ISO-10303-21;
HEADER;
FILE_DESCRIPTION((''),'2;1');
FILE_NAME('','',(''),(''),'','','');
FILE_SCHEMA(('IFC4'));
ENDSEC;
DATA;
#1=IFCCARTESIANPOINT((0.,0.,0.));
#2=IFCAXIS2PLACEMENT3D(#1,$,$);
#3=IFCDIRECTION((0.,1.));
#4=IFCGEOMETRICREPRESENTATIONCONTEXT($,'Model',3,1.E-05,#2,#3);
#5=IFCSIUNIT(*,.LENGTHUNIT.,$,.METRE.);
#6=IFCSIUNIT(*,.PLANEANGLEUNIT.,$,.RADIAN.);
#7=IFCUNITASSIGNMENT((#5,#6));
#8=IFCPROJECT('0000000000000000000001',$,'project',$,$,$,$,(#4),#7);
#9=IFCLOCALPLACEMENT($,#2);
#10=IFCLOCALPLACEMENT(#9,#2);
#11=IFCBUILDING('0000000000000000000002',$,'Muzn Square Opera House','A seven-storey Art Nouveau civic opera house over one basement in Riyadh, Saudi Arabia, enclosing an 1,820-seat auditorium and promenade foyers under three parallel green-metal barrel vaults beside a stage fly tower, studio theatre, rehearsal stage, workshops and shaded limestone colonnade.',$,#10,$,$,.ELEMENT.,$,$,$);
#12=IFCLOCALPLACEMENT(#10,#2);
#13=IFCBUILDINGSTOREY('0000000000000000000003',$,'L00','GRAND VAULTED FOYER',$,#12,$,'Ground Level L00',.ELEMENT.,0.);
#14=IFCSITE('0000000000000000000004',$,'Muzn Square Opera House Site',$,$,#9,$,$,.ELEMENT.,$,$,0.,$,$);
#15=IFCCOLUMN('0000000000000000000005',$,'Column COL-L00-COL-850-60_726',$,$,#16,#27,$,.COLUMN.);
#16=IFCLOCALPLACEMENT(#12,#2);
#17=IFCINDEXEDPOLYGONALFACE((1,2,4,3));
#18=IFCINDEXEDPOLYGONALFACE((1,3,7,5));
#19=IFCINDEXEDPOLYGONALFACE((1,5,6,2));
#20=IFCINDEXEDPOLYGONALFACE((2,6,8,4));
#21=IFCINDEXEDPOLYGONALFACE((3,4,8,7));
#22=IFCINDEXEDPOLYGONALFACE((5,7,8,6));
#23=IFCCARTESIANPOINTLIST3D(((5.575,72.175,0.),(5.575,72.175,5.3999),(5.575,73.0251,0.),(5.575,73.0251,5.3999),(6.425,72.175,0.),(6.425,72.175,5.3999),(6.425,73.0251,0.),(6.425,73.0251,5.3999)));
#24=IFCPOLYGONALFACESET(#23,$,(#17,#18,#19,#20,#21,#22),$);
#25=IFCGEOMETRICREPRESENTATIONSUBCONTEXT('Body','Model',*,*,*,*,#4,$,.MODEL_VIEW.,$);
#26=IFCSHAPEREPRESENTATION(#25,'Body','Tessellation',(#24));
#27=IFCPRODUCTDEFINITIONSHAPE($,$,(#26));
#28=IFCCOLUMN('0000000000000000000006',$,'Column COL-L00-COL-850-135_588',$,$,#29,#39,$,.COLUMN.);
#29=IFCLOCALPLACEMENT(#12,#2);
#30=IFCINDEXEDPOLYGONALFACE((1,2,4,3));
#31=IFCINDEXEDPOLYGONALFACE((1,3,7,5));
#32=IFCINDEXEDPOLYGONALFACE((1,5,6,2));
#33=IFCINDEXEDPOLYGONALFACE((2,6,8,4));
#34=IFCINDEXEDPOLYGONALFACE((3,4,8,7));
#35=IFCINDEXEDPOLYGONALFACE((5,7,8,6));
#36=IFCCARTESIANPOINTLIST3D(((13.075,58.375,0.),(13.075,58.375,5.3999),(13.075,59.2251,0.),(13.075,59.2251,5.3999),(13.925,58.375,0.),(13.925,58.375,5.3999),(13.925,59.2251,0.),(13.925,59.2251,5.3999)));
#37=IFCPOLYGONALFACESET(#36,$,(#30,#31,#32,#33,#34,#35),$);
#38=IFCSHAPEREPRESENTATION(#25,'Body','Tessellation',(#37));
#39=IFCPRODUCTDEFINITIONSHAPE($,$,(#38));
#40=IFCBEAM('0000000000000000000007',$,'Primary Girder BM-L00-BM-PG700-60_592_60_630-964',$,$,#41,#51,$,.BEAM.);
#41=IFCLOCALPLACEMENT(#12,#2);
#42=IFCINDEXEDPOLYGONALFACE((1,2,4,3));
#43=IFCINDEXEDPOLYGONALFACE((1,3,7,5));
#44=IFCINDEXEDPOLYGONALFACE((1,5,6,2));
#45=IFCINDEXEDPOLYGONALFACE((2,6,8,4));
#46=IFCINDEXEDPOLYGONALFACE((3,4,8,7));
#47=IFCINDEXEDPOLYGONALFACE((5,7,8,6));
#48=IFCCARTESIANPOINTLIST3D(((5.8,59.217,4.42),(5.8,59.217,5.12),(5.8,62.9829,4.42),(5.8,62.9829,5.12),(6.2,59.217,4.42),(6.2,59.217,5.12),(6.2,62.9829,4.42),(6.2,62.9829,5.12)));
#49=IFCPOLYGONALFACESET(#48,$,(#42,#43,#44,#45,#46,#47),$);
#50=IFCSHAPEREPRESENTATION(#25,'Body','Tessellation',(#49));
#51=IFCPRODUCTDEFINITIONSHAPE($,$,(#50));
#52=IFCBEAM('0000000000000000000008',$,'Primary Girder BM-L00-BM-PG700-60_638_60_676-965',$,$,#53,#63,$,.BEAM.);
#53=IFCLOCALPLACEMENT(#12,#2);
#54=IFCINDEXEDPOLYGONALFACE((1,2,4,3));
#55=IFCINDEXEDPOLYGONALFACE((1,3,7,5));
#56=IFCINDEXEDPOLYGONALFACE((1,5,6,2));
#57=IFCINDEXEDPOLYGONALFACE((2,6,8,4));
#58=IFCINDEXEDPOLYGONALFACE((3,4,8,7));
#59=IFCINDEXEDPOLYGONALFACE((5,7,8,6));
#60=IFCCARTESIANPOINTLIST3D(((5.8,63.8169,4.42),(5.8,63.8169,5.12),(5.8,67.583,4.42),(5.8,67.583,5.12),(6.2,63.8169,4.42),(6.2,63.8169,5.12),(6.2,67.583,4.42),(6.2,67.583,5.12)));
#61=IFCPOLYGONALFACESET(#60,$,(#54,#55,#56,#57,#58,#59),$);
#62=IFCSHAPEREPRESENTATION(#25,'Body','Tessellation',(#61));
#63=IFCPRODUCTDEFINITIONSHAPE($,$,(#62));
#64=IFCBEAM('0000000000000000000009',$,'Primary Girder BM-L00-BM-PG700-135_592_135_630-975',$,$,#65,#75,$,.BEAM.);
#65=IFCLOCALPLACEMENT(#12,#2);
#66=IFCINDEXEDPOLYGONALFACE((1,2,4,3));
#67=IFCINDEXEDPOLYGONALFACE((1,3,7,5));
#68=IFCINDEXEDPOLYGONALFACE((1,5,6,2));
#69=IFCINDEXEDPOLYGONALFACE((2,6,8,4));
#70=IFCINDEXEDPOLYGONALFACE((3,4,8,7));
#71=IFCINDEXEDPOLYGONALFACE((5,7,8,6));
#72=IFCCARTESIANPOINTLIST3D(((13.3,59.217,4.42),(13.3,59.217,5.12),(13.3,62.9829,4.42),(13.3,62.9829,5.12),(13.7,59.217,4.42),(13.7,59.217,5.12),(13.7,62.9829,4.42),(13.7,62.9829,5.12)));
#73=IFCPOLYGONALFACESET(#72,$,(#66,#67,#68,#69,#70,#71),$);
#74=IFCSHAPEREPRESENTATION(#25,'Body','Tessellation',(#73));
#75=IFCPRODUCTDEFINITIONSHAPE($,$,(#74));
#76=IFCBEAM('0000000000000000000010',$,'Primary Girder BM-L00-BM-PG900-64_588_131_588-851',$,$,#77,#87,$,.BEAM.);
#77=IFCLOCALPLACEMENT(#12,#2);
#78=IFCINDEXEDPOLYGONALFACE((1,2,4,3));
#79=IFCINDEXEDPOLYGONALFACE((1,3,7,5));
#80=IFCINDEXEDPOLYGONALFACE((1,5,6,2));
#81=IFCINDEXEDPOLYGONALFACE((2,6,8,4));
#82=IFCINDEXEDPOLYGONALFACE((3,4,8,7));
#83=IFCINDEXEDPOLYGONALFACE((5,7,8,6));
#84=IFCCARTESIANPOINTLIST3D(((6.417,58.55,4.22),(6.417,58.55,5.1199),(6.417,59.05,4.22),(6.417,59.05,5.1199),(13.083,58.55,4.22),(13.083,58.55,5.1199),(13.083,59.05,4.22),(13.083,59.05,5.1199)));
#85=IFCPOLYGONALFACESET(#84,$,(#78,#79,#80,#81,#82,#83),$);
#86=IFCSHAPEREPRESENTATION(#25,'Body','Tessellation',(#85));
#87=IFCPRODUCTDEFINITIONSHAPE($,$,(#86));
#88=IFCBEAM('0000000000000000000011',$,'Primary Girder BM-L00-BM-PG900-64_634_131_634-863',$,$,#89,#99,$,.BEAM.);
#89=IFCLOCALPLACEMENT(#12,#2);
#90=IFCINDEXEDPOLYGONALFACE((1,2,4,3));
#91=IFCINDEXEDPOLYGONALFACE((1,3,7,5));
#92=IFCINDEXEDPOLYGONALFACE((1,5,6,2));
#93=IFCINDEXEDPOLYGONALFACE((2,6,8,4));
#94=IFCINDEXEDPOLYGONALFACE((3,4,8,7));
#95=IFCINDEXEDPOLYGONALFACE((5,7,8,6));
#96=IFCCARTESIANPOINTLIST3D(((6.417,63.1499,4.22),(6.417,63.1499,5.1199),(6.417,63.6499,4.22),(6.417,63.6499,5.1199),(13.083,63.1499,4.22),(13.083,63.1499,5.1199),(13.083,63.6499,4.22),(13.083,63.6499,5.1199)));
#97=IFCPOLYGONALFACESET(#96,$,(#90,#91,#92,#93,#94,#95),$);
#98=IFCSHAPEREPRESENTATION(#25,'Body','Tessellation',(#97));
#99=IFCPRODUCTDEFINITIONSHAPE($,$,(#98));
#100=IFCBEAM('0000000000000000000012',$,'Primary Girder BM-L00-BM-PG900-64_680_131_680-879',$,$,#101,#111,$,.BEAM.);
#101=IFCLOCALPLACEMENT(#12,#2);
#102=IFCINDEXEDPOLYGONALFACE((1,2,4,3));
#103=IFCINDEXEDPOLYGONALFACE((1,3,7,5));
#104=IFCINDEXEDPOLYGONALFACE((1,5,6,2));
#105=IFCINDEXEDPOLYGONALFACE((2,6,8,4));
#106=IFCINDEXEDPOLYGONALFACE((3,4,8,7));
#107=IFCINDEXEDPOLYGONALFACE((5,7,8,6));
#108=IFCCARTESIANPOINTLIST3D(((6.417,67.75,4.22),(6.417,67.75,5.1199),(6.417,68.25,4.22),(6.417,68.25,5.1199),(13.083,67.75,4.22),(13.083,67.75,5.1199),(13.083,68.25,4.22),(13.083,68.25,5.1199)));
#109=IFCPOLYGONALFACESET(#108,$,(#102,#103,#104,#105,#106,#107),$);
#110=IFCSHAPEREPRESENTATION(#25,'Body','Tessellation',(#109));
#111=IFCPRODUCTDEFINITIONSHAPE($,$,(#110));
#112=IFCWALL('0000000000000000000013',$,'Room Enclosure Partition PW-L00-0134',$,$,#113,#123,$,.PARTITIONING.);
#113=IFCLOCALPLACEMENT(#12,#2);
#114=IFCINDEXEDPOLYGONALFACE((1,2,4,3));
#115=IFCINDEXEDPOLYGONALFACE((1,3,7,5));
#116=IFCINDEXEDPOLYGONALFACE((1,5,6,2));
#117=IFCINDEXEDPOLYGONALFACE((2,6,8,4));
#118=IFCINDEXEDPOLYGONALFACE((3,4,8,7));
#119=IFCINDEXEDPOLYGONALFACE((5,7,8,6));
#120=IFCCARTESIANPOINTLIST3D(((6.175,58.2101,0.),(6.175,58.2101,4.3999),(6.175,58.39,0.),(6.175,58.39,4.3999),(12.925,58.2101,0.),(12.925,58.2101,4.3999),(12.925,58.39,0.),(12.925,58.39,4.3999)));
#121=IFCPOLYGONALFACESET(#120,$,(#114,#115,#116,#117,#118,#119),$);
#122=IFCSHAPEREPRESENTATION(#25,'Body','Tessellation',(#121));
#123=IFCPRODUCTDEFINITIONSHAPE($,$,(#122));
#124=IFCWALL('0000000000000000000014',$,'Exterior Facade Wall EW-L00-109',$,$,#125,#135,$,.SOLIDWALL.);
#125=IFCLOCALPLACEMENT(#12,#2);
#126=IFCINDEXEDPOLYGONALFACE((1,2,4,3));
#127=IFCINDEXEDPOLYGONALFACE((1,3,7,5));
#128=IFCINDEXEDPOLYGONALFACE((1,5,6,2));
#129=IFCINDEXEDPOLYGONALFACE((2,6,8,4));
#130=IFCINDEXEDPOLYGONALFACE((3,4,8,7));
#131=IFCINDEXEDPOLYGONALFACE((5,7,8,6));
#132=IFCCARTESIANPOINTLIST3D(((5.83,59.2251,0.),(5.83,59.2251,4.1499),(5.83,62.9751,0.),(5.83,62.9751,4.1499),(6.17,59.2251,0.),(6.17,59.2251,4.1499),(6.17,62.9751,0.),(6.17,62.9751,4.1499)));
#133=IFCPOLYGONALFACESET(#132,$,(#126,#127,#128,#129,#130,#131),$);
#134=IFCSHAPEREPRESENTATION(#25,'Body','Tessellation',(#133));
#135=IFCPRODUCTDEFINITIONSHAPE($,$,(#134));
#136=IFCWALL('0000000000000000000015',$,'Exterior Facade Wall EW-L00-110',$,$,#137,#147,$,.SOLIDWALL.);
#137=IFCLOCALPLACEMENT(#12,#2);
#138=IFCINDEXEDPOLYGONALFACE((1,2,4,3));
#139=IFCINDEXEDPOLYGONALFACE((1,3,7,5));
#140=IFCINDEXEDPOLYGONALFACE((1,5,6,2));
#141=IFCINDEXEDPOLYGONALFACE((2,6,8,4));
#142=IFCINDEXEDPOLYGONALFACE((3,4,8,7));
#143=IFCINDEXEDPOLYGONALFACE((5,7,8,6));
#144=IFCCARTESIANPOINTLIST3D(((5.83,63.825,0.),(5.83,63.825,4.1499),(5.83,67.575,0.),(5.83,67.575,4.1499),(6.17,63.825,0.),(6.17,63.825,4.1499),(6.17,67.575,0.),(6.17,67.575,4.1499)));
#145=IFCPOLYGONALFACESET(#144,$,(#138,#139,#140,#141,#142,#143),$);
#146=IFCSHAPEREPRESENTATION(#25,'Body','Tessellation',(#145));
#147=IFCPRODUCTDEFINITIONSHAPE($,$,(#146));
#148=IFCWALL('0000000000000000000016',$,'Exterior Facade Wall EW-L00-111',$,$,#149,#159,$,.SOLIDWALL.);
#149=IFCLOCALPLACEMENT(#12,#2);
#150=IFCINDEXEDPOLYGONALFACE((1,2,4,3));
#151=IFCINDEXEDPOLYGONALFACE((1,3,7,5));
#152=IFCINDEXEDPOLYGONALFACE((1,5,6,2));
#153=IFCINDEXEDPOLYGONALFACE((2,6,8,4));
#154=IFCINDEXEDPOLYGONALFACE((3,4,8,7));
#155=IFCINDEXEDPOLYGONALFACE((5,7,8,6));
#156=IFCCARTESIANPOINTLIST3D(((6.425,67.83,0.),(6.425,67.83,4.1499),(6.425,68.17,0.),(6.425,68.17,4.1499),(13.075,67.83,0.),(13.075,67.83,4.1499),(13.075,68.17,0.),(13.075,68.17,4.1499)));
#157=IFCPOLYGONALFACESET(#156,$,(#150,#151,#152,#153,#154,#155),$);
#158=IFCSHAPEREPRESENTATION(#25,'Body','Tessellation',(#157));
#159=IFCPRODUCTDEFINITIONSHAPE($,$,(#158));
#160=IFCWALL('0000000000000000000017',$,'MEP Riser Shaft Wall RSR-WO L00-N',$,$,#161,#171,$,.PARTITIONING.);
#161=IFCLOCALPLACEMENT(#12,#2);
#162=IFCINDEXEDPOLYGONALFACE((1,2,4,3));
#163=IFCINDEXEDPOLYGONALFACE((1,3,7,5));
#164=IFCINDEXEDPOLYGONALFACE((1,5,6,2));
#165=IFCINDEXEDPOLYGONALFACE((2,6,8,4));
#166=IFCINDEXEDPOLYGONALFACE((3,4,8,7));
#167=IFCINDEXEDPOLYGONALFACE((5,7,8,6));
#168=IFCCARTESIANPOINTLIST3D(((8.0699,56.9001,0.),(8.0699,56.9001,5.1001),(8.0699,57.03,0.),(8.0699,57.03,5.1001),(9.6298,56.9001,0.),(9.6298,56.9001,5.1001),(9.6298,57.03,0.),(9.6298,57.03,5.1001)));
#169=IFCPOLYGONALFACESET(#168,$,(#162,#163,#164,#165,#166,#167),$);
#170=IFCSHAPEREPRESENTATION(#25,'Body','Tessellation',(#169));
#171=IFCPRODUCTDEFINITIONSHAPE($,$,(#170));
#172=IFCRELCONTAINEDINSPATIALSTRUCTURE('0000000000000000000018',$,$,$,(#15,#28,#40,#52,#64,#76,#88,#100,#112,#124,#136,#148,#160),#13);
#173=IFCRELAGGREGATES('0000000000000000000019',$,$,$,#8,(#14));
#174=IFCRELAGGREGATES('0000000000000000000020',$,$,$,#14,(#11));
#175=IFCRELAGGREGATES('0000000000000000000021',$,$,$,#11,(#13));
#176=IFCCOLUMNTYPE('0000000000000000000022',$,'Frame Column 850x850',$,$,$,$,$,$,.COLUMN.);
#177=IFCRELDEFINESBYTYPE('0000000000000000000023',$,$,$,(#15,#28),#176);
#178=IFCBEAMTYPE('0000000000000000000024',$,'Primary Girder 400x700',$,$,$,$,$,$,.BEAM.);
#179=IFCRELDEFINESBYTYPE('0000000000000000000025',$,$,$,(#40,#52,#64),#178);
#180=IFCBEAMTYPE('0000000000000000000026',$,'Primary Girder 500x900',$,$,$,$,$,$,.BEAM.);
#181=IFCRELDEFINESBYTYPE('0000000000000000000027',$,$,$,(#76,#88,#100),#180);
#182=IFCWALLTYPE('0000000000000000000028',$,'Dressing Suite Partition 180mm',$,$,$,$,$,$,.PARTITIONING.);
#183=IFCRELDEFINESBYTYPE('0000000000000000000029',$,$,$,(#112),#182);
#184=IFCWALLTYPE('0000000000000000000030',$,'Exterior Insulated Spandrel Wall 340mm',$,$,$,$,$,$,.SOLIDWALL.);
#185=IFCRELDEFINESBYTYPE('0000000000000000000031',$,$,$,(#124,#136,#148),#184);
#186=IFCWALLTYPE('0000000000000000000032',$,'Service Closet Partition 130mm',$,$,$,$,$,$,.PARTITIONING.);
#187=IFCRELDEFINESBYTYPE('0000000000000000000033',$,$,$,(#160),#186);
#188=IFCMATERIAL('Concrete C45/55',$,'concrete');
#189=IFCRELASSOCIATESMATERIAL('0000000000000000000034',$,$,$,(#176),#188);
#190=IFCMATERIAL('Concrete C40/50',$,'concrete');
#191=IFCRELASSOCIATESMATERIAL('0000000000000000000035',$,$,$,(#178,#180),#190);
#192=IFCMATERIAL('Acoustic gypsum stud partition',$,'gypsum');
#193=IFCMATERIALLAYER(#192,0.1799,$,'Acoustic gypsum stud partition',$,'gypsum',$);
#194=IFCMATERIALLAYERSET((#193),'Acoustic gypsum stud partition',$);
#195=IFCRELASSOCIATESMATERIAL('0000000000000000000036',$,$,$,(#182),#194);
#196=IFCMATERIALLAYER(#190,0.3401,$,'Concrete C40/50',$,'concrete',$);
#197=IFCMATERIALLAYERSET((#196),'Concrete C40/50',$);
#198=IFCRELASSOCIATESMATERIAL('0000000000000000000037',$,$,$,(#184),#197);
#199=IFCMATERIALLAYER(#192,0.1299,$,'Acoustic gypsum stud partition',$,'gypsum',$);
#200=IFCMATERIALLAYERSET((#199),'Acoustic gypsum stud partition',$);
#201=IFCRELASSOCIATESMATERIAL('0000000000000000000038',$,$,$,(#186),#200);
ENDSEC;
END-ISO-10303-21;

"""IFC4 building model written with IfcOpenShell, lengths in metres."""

from ifc_helpers import new_model, si_unit, direction, frame, frame_2d, origin, origin_2d, place, context, subcontext, project, spatial, rectangle, extrude, material, layer, layer_set, material_profile, profile_set, type_object, element, save


model = new_model("IFC4")

# Units and contexts
model_context = context("Model", 3, precision=1e-05, world=origin(), true_north=direction((0.0, 1.0)))
body_context = subcontext(model_context, "Body", "Model", "MODEL_VIEW")
ifc_project = project(units=[si_unit("LENGTHUNIT", "METRE"), si_unit("PLANEANGLEUNIT", "RADIAN")], contexts=[model_context])

# Site, building, storey
site_placement = place(None, origin())
site = spatial("IfcSite", under=ifc_project, at=site_placement, Name="Muzn Square Opera House Site", CompositionType="ELEMENT", RefElevation=0.0)
building_placement = place(site_placement, origin())
building = spatial("IfcBuilding", under=site, at=building_placement, Name="Muzn Square Opera House", Description="A seven-storey Art Nouveau civic opera house over one basement in Riyadh, Saudi Arabia, enclosing an 1,820-seat auditorium and promenade foyers under three parallel green-metal barrel vaults beside a stage fly tower, studio theatre, rehearsal stage, workshops and shaded limestone colonnade.", CompositionType="ELEMENT")
storey_placement = place(building_placement, origin())
storey = spatial("IfcBuildingStorey", under=building, at=storey_placement, Name="L00", Description="GRAND VAULTED FOYER", LongName="Ground Level L00", CompositionType="ELEMENT", Elevation=0.0)

# Columns
ifc_material_1 = material(Name="Concrete C45/55", Category="concrete")
ifc_material_profile_1 = material_profile(ifc_material_1, rectangle(XDim=0.8501, YDim=0.8501, at=origin_2d()), Name="RC 850x850", Category="concrete")
ifc_profile_set_1 = profile_set([ifc_material_profile_1], Name="Concrete C45/55")
column_type_1 = type_object("IfcColumnType", Name="Frame Column 850x850", PredefinedType="COLUMN", material=ifc_profile_set_1)
for number, where, z_axis, x_axis, name in (
    (1, (6.0, 72.6001, 0.0), (0.0, 0.0, 1.0), (1.0, 0.0, 0.0), "Column COL-L00-COL-850-60_726"),
    (2, (13.5, 58.8, 0.0), (0.0, 0.0, 1.0), (1.0, 0.0, 0.0), "Column COL-L00-COL-850-135_588"),
):
    element("IfcColumn", number, at=place(storey_placement, frame(where, z_axis=z_axis, x_axis=x_axis)), inside=storey, type_object=column_type_1, Name=name, PredefinedType="COLUMN", context=body_context, shape_type="SweptSolid", body=[
        extrude(rectangle(XDim=0.8501, YDim=0.8501, at=origin_2d()), origin(), (0.0, 0.0, 1.0), 5.3999),
    ])

# Beams
ifc_material_2 = material(Name="Concrete C40/50", Category="concrete")
ifc_material_profile_2 = material_profile(ifc_material_2, rectangle(XDim=0.3999, YDim=0.7, at=origin_2d()), Name="RCB 400x700", Category="concrete")
ifc_profile_set_2 = profile_set([ifc_material_profile_2], Name="Concrete C40/50")
beam_type_1 = type_object("IfcBeamType", Name="Primary Girder 400x700", PredefinedType="BEAM", material=ifc_profile_set_2)
beam_1_placement = place(storey_placement, frame((6.0, 59.217, 4.77), z_axis=(0.0, 1.0, 0.0), x_axis=(-1.0, 0.0, 0.0)))
element("IfcBeam", 3, at=beam_1_placement, inside=storey, type_object=beam_type_1, Name="Primary Girder BM-L00-BM-PG700-60_592_60_630-964", PredefinedType="BEAM", context=body_context, shape_type="SweptSolid", body=[
    extrude(rectangle(XDim=0.3999, YDim=0.7, at=origin_2d()), origin(), (0.0, 0.0, 1.0), 3.7659),
])
beam_2_placement = place(storey_placement, frame((6.0, 63.8169, 4.77), z_axis=(0.0, 1.0, 0.0), x_axis=(-1.0, 0.0, 0.0)))
element("IfcBeam", 4, at=beam_2_placement, inside=storey, type_object=beam_type_1, Name="Primary Girder BM-L00-BM-PG700-60_638_60_676-965", PredefinedType="BEAM", context=body_context, shape_type="SweptSolid", body=[
    extrude(rectangle(XDim=0.3999, YDim=0.7, at=origin_2d()), origin(), (0.0, 0.0, 1.0), 3.7661),
])
beam_3_placement = place(storey_placement, frame((13.5, 59.217, 4.77), z_axis=(0.0, 1.0, 0.0), x_axis=(-1.0, 0.0, 0.0)))
element("IfcBeam", 5, at=beam_3_placement, inside=storey, type_object=beam_type_1, Name="Primary Girder BM-L00-BM-PG700-135_592_135_630-975", PredefinedType="BEAM", context=body_context, shape_type="SweptSolid", body=[
    extrude(rectangle(XDim=0.3999, YDim=0.7, at=origin_2d()), origin(), (0.0, 0.0, 1.0), 3.7659),
])
ifc_material_profile_3 = material_profile(ifc_material_2, rectangle(XDim=0.5, YDim=0.8999, at=origin_2d()), Name="RCB 500x900", Category="concrete")
ifc_profile_set_3 = profile_set([ifc_material_profile_3], Name="Concrete C40/50")
beam_type_2 = type_object("IfcBeamType", Name="Primary Girder 500x900", PredefinedType="BEAM", material=ifc_profile_set_3)
for number, where, z_axis, x_axis, name in (
    (6, (6.417, 58.8, 4.6699), (1.0, 0.0, 0.0), (0.0, 1.0, 0.0), "Primary Girder BM-L00-BM-PG900-64_588_131_588-851"),
    (7, (6.417, 63.3999, 4.6699), (1.0, 0.0, 0.0), (0.0, 1.0, 0.0), "Primary Girder BM-L00-BM-PG900-64_634_131_634-863"),
    (8, (6.417, 68.0, 4.6699), (1.0, 0.0, 0.0), (0.0, 1.0, 0.0), "Primary Girder BM-L00-BM-PG900-64_680_131_680-879"),
):
    element("IfcBeam", number, at=place(storey_placement, frame(where, z_axis=z_axis, x_axis=x_axis)), inside=storey, type_object=beam_type_2, Name=name, PredefinedType="BEAM", context=body_context, shape_type="SweptSolid", body=[
        extrude(rectangle(XDim=0.5, YDim=0.8999, at=origin_2d()), origin(), (0.0, 0.0, 1.0), 6.666),
    ])

# Walls
ifc_material_3 = material(Name="Acoustic gypsum stud partition", Category="gypsum")
ifc_layer_1 = layer(ifc_material_3, 0.1799, Name="Acoustic gypsum stud partition", Category="gypsum")
ifc_layer_set_1 = layer_set([ifc_layer_1], Name="Acoustic gypsum stud partition")
wall_type_1 = type_object("IfcWallType", Name="Dressing Suite Partition 180mm", PredefinedType="PARTITIONING", material=ifc_layer_set_1)
wall_1_placement = place(storey_placement, frame((6.175, 58.3, 0.0), z_axis=(0.0, 0.0, 1.0), x_axis=(1.0, 0.0, 0.0)))
element("IfcWall", 9, at=wall_1_placement, inside=storey, type_object=wall_type_1, Name="Room Enclosure Partition PW-L00-0134", PredefinedType="PARTITIONING", context=body_context, shape_type="SweptSolid", body=[
    extrude(rectangle(XDim=6.75, YDim=0.1799, at=frame_2d((3.375, 0.0))), origin(), (0.0, 0.0, 1.0), 4.3999),
])
ifc_layer_2 = layer(ifc_material_2, 0.3401, Name="Concrete C40/50", Category="concrete")
ifc_layer_set_2 = layer_set([ifc_layer_2], Name="Concrete C40/50")
wall_type_2 = type_object("IfcWallType", Name="Exterior Insulated Spandrel Wall 340mm", PredefinedType="SOLIDWALL", material=ifc_layer_set_2)
for number, where, z_axis, x_axis, name in (
    (10, (6.0, 59.2251, 0.0), (0.0, 0.0, 1.0), (0.0, 1.0, 0.0), "Exterior Facade Wall EW-L00-109"),
    (11, (6.0, 63.825, 0.0), (0.0, 0.0, 1.0), (0.0, 1.0, 0.0), "Exterior Facade Wall EW-L00-110"),
):
    element("IfcWall", number, at=place(storey_placement, frame(where, z_axis=z_axis, x_axis=x_axis)), inside=storey, type_object=wall_type_2, Name=name, PredefinedType="SOLIDWALL", context=body_context, shape_type="SweptSolid", body=[
        extrude(rectangle(XDim=3.75, YDim=0.3401, at=frame_2d((1.875, 0.0))), origin(), (0.0, 0.0, 1.0), 4.1499),
    ])
wall_2_placement = place(storey_placement, frame((6.425, 68.0, 0.0), z_axis=(0.0, 0.0, 1.0), x_axis=(1.0, 0.0, 0.0)))
element("IfcWall", 12, at=wall_2_placement, inside=storey, type_object=wall_type_2, Name="Exterior Facade Wall EW-L00-111", PredefinedType="SOLIDWALL", context=body_context, shape_type="SweptSolid", body=[
    extrude(rectangle(XDim=6.6499, YDim=0.3401, at=frame_2d((3.325, 0.0))), origin(), (0.0, 0.0, 1.0), 4.1499),
])
ifc_layer_3 = layer(ifc_material_3, 0.1299, Name="Acoustic gypsum stud partition", Category="gypsum")
ifc_layer_set_3 = layer_set([ifc_layer_3], Name="Acoustic gypsum stud partition")
wall_type_3 = type_object("IfcWallType", Name="Service Closet Partition 130mm", PredefinedType="PARTITIONING", material=ifc_layer_set_3)
wall_3_placement = place(storey_placement, frame((8.0701, 56.9651, 0.0), z_axis=(0.0, 0.0, 1.0), x_axis=(1.0, 0.0, 0.0)))
element("IfcWall", 13, at=wall_3_placement, inside=storey, type_object=wall_type_3, Name="MEP Riser Shaft Wall RSR-WO L00-N", PredefinedType="PARTITIONING", context=body_context, shape_type="SweptSolid", body=[
    extrude(rectangle(XDim=1.5598, YDim=0.1299, at=frame_2d((0.7798, 0.0))), origin(), (0.0, 0.0, 1.0), 5.1001),
])

save(model, "model.ifc")
